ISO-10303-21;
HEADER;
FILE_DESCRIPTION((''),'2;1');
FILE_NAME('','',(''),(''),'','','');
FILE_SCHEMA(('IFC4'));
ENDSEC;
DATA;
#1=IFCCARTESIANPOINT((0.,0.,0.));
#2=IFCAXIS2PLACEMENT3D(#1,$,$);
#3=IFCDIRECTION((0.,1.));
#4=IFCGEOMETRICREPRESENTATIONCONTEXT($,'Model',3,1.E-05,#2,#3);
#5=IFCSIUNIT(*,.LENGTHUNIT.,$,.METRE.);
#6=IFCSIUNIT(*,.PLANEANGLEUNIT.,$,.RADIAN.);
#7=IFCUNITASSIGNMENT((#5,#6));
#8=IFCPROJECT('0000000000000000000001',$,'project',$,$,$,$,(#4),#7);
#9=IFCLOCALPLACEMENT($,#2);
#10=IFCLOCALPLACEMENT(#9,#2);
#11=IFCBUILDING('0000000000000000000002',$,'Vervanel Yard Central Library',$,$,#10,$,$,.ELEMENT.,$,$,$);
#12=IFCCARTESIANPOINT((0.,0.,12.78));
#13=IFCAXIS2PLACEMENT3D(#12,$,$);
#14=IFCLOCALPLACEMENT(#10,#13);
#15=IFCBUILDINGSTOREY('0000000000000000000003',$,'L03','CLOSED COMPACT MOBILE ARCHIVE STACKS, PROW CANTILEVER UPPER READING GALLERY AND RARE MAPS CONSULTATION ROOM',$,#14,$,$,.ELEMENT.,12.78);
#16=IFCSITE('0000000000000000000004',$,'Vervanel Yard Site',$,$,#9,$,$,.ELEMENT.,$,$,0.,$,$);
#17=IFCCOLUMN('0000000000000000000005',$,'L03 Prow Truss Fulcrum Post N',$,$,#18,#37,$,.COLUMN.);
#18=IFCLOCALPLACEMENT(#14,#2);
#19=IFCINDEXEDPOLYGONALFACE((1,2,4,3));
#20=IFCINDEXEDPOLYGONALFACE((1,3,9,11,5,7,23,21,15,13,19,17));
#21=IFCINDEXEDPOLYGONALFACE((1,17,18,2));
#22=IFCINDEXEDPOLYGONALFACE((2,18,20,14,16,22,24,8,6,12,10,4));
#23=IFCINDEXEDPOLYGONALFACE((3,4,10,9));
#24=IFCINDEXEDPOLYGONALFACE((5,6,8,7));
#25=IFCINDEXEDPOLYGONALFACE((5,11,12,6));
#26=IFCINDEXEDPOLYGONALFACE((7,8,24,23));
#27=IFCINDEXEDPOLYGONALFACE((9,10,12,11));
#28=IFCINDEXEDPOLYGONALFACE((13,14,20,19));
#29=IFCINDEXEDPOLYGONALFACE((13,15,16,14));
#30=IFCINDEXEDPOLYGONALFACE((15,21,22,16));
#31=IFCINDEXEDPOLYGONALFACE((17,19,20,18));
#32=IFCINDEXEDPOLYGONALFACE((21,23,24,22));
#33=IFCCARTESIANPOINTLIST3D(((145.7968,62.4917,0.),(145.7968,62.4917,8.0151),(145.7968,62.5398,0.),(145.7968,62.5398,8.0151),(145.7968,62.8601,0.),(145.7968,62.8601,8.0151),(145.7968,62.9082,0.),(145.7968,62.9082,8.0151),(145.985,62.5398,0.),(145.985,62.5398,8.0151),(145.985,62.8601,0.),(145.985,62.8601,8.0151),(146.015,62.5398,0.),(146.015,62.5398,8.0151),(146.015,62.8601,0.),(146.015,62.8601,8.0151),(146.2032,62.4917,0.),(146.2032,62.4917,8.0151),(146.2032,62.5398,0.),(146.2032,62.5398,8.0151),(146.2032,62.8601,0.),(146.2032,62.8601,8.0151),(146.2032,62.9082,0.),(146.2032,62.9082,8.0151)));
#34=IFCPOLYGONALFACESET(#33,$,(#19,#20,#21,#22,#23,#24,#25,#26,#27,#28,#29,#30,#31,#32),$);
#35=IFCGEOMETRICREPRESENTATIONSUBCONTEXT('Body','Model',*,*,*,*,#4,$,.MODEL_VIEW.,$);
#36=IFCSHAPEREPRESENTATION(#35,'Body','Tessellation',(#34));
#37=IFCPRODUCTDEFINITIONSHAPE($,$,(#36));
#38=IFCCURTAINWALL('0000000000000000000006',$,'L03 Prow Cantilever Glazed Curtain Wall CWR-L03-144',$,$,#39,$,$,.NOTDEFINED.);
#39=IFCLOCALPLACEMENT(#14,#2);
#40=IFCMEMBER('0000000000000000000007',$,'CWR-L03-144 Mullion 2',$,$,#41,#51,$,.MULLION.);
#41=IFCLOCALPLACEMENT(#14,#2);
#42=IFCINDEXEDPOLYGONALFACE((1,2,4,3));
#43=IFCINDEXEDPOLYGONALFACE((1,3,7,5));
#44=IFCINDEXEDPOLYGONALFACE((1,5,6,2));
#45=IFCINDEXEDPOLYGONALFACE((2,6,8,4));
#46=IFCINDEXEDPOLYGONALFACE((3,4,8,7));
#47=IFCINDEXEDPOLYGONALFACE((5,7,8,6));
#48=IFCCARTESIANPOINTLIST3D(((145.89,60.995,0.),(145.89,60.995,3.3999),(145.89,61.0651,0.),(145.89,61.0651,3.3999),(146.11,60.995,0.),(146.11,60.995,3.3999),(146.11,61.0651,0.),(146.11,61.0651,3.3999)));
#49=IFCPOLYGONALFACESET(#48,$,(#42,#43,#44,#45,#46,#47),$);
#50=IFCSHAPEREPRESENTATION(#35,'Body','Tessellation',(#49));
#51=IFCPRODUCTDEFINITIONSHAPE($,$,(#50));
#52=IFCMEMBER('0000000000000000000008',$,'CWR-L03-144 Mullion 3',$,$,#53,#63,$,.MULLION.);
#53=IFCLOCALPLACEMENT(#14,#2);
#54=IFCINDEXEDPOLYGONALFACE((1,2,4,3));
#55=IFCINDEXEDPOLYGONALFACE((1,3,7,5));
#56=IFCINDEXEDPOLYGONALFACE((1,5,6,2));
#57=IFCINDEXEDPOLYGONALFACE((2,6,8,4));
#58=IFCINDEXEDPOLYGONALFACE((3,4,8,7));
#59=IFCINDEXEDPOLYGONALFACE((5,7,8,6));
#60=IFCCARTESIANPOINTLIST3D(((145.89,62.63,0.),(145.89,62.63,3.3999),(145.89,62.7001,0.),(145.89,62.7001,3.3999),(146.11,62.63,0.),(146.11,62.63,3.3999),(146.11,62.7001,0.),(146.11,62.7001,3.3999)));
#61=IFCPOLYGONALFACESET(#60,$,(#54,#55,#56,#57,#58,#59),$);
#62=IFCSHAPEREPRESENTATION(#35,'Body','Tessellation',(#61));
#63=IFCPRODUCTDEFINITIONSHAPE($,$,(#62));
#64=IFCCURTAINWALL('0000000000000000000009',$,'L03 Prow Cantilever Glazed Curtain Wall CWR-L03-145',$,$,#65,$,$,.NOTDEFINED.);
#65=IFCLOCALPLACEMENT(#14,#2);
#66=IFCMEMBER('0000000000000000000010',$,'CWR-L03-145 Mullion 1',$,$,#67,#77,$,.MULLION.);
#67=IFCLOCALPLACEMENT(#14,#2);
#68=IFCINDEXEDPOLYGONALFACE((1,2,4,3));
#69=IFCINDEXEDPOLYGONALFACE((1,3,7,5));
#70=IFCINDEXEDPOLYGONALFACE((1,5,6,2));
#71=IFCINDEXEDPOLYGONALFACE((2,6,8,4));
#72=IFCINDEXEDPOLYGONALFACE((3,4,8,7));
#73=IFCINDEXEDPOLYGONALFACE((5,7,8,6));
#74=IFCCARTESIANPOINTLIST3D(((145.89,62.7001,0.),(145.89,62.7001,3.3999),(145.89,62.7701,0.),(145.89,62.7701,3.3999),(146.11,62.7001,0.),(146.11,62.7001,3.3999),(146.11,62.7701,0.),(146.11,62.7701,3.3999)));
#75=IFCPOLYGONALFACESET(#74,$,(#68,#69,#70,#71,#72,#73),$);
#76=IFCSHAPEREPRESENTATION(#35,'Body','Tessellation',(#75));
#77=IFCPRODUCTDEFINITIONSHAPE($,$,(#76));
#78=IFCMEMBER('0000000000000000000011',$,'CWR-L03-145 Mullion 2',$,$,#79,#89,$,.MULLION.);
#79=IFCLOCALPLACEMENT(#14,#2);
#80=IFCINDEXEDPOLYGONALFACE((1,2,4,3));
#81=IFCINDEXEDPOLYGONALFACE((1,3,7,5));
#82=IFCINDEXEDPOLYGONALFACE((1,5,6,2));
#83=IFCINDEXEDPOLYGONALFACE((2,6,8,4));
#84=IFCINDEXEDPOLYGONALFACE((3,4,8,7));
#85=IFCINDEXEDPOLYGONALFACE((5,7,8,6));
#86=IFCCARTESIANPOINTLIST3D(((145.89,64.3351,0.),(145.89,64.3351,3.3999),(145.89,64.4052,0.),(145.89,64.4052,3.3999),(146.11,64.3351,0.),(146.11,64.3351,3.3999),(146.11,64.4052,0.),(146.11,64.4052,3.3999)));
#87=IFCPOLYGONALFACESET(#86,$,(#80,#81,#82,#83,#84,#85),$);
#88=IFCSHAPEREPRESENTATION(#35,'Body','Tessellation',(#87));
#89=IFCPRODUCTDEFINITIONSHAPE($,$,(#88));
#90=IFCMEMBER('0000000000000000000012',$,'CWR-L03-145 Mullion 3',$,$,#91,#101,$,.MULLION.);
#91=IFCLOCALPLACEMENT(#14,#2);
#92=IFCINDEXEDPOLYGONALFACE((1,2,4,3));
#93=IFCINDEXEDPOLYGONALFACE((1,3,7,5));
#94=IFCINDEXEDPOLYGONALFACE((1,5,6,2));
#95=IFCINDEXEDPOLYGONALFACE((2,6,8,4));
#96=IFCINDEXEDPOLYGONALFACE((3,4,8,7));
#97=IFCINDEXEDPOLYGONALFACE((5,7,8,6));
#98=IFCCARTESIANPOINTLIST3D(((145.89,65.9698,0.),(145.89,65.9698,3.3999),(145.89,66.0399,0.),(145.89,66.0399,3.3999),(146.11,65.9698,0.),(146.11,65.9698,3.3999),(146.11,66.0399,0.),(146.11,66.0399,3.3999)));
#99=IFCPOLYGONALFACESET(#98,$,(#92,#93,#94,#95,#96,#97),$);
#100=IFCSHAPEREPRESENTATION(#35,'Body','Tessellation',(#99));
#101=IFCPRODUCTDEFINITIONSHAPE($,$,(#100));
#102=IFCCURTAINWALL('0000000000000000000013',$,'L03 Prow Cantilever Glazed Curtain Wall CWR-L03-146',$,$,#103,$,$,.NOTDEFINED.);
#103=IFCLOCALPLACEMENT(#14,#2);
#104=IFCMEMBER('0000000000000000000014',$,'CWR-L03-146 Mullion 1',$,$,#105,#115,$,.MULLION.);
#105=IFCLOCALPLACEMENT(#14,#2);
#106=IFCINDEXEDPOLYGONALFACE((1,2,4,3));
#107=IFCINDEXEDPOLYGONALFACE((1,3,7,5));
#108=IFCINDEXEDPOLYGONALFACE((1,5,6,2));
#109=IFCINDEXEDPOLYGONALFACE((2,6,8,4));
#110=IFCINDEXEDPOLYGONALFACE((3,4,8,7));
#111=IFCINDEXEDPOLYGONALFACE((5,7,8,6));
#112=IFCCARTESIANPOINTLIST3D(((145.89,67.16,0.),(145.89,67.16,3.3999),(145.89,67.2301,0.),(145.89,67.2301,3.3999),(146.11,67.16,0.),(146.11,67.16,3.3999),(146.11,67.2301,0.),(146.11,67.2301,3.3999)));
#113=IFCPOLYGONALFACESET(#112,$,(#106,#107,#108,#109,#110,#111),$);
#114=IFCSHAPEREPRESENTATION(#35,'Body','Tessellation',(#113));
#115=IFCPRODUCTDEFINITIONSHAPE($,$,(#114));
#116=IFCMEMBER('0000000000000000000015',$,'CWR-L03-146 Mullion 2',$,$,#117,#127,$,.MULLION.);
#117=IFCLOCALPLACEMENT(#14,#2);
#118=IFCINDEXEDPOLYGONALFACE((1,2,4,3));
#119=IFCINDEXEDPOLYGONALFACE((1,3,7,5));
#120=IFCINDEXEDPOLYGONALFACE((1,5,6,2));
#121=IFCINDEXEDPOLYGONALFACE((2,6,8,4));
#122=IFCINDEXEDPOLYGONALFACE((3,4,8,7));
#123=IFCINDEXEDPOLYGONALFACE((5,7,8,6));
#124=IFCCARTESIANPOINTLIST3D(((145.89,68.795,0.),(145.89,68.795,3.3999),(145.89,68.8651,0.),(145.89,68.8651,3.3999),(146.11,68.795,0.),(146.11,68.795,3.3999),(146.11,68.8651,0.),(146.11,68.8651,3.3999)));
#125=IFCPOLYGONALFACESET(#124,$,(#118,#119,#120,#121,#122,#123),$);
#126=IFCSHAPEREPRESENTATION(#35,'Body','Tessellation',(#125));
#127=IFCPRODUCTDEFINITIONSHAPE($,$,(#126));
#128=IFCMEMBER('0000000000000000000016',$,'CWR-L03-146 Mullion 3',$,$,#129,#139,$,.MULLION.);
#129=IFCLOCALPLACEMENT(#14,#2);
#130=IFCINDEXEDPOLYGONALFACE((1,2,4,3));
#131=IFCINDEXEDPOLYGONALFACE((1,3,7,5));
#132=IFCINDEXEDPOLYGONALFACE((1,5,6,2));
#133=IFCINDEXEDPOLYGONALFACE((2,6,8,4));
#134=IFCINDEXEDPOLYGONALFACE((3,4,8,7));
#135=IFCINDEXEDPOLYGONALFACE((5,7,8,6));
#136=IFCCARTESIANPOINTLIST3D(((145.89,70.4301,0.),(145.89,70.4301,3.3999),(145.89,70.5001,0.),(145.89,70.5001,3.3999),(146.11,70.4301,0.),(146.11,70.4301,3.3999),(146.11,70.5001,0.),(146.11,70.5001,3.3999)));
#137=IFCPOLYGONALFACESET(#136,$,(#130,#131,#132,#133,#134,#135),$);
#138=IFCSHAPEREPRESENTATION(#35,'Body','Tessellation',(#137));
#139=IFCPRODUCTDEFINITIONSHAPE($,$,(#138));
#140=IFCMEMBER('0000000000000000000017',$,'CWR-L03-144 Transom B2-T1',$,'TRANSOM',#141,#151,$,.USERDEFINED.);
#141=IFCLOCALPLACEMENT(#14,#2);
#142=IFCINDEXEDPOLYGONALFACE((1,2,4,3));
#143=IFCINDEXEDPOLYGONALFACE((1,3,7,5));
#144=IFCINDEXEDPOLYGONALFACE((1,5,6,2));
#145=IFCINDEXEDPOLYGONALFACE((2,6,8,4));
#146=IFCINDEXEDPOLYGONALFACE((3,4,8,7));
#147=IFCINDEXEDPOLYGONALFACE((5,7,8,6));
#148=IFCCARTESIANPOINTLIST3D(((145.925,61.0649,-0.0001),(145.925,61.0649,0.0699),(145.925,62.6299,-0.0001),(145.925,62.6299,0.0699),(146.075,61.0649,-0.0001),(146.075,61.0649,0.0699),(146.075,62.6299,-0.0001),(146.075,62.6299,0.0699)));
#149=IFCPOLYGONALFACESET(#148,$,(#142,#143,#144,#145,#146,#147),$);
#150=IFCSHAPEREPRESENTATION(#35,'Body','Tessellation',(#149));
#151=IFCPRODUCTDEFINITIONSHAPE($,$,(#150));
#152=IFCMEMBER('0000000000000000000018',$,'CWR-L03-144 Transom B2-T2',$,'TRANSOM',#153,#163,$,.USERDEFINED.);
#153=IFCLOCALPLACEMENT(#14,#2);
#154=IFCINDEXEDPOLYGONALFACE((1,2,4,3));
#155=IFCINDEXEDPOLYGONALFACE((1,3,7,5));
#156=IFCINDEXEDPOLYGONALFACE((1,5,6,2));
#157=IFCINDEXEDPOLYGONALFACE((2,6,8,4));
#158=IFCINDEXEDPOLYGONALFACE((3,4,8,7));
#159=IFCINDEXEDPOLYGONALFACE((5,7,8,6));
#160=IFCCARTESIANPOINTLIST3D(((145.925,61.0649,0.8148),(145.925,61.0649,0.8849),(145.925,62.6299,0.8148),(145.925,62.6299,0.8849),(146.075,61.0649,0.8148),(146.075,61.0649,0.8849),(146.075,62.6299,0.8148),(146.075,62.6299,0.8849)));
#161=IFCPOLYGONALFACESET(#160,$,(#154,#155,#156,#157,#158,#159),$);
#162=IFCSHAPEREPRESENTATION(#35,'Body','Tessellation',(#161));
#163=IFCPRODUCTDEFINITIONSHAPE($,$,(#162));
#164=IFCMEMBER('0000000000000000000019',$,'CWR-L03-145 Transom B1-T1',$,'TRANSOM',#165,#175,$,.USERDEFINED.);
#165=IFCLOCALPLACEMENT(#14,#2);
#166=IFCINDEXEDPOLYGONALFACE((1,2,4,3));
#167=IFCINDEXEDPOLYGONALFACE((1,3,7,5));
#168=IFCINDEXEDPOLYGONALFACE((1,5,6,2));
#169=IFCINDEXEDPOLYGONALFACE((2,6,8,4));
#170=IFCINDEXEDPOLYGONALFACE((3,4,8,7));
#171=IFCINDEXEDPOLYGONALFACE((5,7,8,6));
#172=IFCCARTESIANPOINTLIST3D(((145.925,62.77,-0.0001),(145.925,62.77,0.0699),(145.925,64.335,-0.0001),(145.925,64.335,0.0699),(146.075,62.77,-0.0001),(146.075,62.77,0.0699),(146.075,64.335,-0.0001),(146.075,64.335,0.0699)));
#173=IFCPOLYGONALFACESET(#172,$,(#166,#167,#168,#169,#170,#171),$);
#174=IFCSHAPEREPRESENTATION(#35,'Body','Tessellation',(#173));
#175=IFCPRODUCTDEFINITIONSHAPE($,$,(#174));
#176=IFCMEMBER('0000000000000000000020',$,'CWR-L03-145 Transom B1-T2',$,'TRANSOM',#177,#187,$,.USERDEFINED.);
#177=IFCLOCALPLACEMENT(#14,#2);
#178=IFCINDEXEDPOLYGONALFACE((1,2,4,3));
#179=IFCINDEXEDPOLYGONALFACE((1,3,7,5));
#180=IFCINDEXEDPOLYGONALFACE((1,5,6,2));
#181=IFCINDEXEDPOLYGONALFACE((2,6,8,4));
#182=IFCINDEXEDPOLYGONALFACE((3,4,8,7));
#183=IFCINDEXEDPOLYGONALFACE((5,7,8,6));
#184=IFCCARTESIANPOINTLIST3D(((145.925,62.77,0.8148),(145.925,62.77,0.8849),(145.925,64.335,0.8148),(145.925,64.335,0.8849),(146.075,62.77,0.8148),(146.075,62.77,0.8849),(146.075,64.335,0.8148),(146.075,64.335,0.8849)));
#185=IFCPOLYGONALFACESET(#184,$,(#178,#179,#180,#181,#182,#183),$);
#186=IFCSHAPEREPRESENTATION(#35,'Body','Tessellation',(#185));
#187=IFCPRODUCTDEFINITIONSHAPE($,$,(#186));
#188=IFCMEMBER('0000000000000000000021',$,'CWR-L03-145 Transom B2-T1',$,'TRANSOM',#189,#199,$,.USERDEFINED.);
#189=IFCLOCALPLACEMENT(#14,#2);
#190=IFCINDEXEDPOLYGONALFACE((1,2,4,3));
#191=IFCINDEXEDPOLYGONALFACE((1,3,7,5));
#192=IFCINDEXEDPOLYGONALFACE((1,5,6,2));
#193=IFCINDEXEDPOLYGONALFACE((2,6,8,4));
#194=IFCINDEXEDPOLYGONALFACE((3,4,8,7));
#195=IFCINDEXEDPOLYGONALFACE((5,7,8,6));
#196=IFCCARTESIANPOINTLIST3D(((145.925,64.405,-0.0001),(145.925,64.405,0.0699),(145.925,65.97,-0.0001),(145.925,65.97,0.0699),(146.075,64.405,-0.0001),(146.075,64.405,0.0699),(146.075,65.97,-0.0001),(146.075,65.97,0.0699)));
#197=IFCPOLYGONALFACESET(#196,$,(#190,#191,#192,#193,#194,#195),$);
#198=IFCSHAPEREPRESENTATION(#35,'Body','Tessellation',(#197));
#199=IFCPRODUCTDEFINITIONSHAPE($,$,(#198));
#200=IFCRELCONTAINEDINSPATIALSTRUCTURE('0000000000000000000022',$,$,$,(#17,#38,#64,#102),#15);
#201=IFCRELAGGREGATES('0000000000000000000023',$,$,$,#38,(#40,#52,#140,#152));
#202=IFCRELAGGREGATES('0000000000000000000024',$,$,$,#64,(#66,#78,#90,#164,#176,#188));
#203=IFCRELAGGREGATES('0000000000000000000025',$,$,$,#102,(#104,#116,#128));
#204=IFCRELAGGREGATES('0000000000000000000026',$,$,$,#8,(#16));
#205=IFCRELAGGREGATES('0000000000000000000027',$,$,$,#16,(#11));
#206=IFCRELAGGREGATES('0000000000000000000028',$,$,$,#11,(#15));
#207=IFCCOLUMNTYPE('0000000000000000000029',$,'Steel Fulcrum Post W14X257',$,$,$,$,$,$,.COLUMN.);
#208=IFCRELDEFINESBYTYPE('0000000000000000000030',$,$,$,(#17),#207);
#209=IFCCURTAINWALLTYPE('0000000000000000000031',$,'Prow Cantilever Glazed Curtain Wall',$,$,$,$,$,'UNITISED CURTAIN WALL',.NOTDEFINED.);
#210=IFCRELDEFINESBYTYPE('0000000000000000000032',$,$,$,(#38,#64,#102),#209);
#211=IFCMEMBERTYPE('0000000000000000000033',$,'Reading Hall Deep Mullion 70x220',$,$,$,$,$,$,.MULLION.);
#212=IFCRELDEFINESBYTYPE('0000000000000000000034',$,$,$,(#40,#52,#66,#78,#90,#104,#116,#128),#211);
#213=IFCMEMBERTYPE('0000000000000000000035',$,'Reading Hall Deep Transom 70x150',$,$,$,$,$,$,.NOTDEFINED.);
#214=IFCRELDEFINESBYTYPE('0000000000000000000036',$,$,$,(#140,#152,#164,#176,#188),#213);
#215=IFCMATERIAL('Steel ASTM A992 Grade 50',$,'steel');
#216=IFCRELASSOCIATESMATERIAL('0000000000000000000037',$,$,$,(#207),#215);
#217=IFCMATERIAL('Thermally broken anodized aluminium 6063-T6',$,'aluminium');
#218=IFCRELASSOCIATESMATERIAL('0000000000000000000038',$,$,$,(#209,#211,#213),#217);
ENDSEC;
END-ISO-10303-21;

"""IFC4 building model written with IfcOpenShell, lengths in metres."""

from ifc_helpers import new_model, si_unit, direction, frame, origin, origin_2d, place, context, subcontext, project, spatial, rectangle, i_section, extrude, material, material_profile, profile_set, type_object, element, aggregate, save


model = new_model("IFC4")

# Units and contexts
model_context = context("Model", 3, precision=1e-05, world=origin(), true_north=direction((0.0, 1.0)))
body_context = subcontext(model_context, "Body", "Model", "MODEL_VIEW")
ifc_project = project(units=[si_unit("LENGTHUNIT", "METRE"), si_unit("PLANEANGLEUNIT", "RADIAN")], contexts=[model_context])

# Site, building, storey
site_placement = place(None, origin())
site = spatial("IfcSite", under=ifc_project, at=site_placement, Name="Vervanel Yard Site", CompositionType="ELEMENT", RefElevation=0.0)
building_placement = place(site_placement, origin())
building = spatial("IfcBuilding", under=site, at=building_placement, Name="Vervanel Yard Central Library", CompositionType="ELEMENT")
storey_placement = place(building_placement, frame((0.0, 0.0, 12.78)))
storey = spatial("IfcBuildingStorey", under=building, at=storey_placement, Name="L03", Description="CLOSED COMPACT MOBILE ARCHIVE STACKS, PROW CANTILEVER UPPER READING GALLERY AND RARE MAPS CONSULTATION ROOM", CompositionType="ELEMENT", Elevation=12.78)

# Column
ifc_material_1 = material(Name="Steel ASTM A992 Grade 50", Category="steel")
ifc_material_profile_1 = material_profile(ifc_material_1, i_section(OverallWidth=0.4065, OverallDepth=0.4165, WebThickness=0.03, FlangeThickness=0.0481, at=origin_2d()), Name="W14X257", Category="steel")
ifc_profile_set_1 = profile_set([ifc_material_profile_1], Name="Steel ASTM A992 Grade 50")
column_type = type_object("IfcColumnType", Name="Steel Fulcrum Post W14X257", PredefinedType="COLUMN", material=ifc_profile_set_1)
column_placement = place(storey_placement, frame((146.0, 62.7, 0.0), z_axis=(0.0, 0.0, 1.0), x_axis=(1.0, 0.0, 0.0)))
element("IfcColumn", 1, at=column_placement, inside=storey, type_object=column_type, Name="L03 Prow Truss Fulcrum Post N", PredefinedType="COLUMN", context=body_context, shape_type="SweptSolid", body=[
    extrude(i_section(OverallWidth=0.4065, OverallDepth=0.4165, WebThickness=0.03, FlangeThickness=0.0481, at=origin_2d()), origin(), (0.0, 0.0, 1.0), 8.0151),
])

# Curtain walls, members
ifc_material_2 = material(Name="Thermally broken anodized aluminium 6063-T6", Category="aluminium")
curtain_wall_type = type_object("IfcCurtainWallType", Name="Prow Cantilever Glazed Curtain Wall", ElementType="UNITISED CURTAIN WALL", PredefinedType="NOTDEFINED", material=ifc_material_2)
curtain_wall_1_placement = place(storey_placement, origin())
curtain_wall_1 = element("IfcCurtainWall", 2, at=curtain_wall_1_placement, inside=storey, type_object=curtain_wall_type, Name="L03 Prow Cantilever Glazed Curtain Wall CWR-L03-144", PredefinedType="NOTDEFINED")
ifc_material_profile_2 = material_profile(ifc_material_2, rectangle(XDim=0.0701, YDim=0.22, at=origin_2d()), Name="ALU 70x220", Category="aluminium")
ifc_profile_set_2 = profile_set([ifc_material_profile_2], Name="Thermally broken anodized aluminium 6063-T6")
member_type_1 = type_object("IfcMemberType", Name="Reading Hall Deep Mullion 70x220", PredefinedType="MULLION", material=ifc_profile_set_2)
member_1_placement = place(storey_placement, frame((146.0, 61.03, 0.0), z_axis=(0.0, 0.0, 1.0), x_axis=(0.0, 1.0, 0.0)))
member_1 = element("IfcMember", 3, at=member_1_placement, type_object=member_type_1, Name="CWR-L03-144 Mullion 2", PredefinedType="MULLION", context=body_context, shape_type="SweptSolid", body=[
    extrude(rectangle(XDim=0.0701, YDim=0.22, at=origin_2d()), origin(), (0.0, 0.0, 1.0), 3.3999),
])
member_2_placement = place(storey_placement, frame((146.0, 62.665, 0.0), z_axis=(0.0, 0.0, 1.0), x_axis=(0.0, 1.0, 0.0)))
member_2 = element("IfcMember", 4, at=member_2_placement, type_object=member_type_1, Name="CWR-L03-144 Mullion 3", PredefinedType="MULLION", context=body_context, shape_type="SweptSolid", body=[
    extrude(rectangle(XDim=0.0701, YDim=0.22, at=origin_2d()), origin(), (0.0, 0.0, 1.0), 3.3999),
])
curtain_wall_2_placement = place(storey_placement, origin())
curtain_wall_2 = element("IfcCurtainWall", 5, at=curtain_wall_2_placement, inside=storey, type_object=curtain_wall_type, Name="L03 Prow Cantilever Glazed Curtain Wall CWR-L03-145", PredefinedType="NOTDEFINED")
member_3_placement = place(storey_placement, frame((146.0, 62.7351, 0.0), z_axis=(0.0, 0.0, 1.0), x_axis=(0.0, 1.0, 0.0)))
member_3 = element("IfcMember", 6, at=member_3_placement, type_object=member_type_1, Name="CWR-L03-145 Mullion 1", PredefinedType="MULLION", context=body_context, shape_type="SweptSolid", body=[
    extrude(rectangle(XDim=0.0701, YDim=0.22, at=origin_2d()), origin(), (0.0, 0.0, 1.0), 3.3999),
])
member_4_placement = place(storey_placement, frame((146.0, 64.3701, 0.0), z_axis=(0.0, 0.0, 1.0), x_axis=(0.0, 1.0, 0.0)))
member_4 = element("IfcMember", 7, at=member_4_placement, type_object=member_type_1, Name="CWR-L03-145 Mullion 2", PredefinedType="MULLION", context=body_context, shape_type="SweptSolid", body=[
    extrude(rectangle(XDim=0.0701, YDim=0.22, at=origin_2d()), origin(), (0.0, 0.0, 1.0), 3.3999),
])
member_5_placement = place(storey_placement, frame((146.0, 66.0049, 0.0), z_axis=(0.0, 0.0, 1.0), x_axis=(0.0, 1.0, 0.0)))
member_5 = element("IfcMember", 8, at=member_5_placement, type_object=member_type_1, Name="CWR-L03-145 Mullion 3", PredefinedType="MULLION", context=body_context, shape_type="SweptSolid", body=[
    extrude(rectangle(XDim=0.0701, YDim=0.22, at=origin_2d()), origin(), (0.0, 0.0, 1.0), 3.3999),
])
curtain_wall_3_placement = place(storey_placement, origin())
curtain_wall_3 = element("IfcCurtainWall", 9, at=curtain_wall_3_placement, inside=storey, type_object=curtain_wall_type, Name="L03 Prow Cantilever Glazed Curtain Wall CWR-L03-146", PredefinedType="NOTDEFINED")
member_6_placement = place(storey_placement, frame((146.0, 67.1951, 0.0), z_axis=(0.0, 0.0, 1.0), x_axis=(0.0, 1.0, 0.0)))
member_6 = element("IfcMember", 10, at=member_6_placement, type_object=member_type_1, Name="CWR-L03-146 Mullion 1", PredefinedType="MULLION", context=body_context, shape_type="SweptSolid", body=[
    extrude(rectangle(XDim=0.0701, YDim=0.22, at=origin_2d()), origin(), (0.0, 0.0, 1.0), 3.3999),
])
member_7_placement = place(storey_placement, frame((146.0, 68.8301, 0.0), z_axis=(0.0, 0.0, 1.0), x_axis=(0.0, 1.0, 0.0)))
member_7 = element("IfcMember", 11, at=member_7_placement, type_object=member_type_1, Name="CWR-L03-146 Mullion 2", PredefinedType="MULLION", context=body_context, shape_type="SweptSolid", body=[
    extrude(rectangle(XDim=0.0701, YDim=0.22, at=origin_2d()), origin(), (0.0, 0.0, 1.0), 3.3999),
])
member_8_placement = place(storey_placement, frame((146.0, 70.4651, 0.0), z_axis=(0.0, 0.0, 1.0), x_axis=(0.0, 1.0, 0.0)))
member_8 = element("IfcMember", 12, at=member_8_placement, type_object=member_type_1, Name="CWR-L03-146 Mullion 3", PredefinedType="MULLION", context=body_context, shape_type="SweptSolid", body=[
    extrude(rectangle(XDim=0.0701, YDim=0.22, at=origin_2d()), origin(), (0.0, 0.0, 1.0), 3.3999),
])

# Members
ifc_material_profile_3 = material_profile(ifc_material_2, rectangle(XDim=0.0701, YDim=0.1499, at=origin_2d()), Name="ALU 70x150", Category="aluminium")
ifc_profile_set_3 = profile_set([ifc_material_profile_3], Name="Thermally broken anodized aluminium 6063-T6")
member_type_2 = type_object("IfcMemberType", Name="Reading Hall Deep Transom 70x150", PredefinedType="NOTDEFINED", material=ifc_profile_set_3)
member_9_placement = place(storey_placement, frame((146.0, 61.0649, 0.0349), z_axis=(0.0, 1.0, 0.0), x_axis=(0.0, 0.0, 1.0)))
member_9 = element("IfcMember", 13, at=member_9_placement, type_object=member_type_2, Name="CWR-L03-144 Transom B2-T1", ObjectType="TRANSOM", PredefinedType="USERDEFINED", context=body_context, shape_type="SweptSolid", body=[
    extrude(rectangle(XDim=0.0701, YDim=0.1499, at=origin_2d()), origin(), (0.0, 0.0, 1.0), 1.5649),
])
member_10_placement = place(storey_placement, frame((146.0, 61.0649, 0.8499), z_axis=(0.0, 1.0, 0.0), x_axis=(0.0, 0.0, 1.0)))
member_10 = element("IfcMember", 14, at=member_10_placement, type_object=member_type_2, Name="CWR-L03-144 Transom B2-T2", ObjectType="TRANSOM", PredefinedType="USERDEFINED", context=body_context, shape_type="SweptSolid", body=[
    extrude(rectangle(XDim=0.0701, YDim=0.1499, at=origin_2d()), origin(), (0.0, 0.0, 1.0), 1.5649),
])
member_11_placement = place(storey_placement, frame((146.0, 62.77, 0.0349), z_axis=(0.0, 1.0, 0.0), x_axis=(0.0, 0.0, 1.0)))
member_11 = element("IfcMember", 15, at=member_11_placement, type_object=member_type_2, Name="CWR-L03-145 Transom B1-T1", ObjectType="TRANSOM", PredefinedType="USERDEFINED", context=body_context, shape_type="SweptSolid", body=[
    extrude(rectangle(XDim=0.0701, YDim=0.1499, at=origin_2d()), origin(), (0.0, 0.0, 1.0), 1.5649),
])
member_12_placement = place(storey_placement, frame((146.0, 62.77, 0.8499), z_axis=(0.0, 1.0, 0.0), x_axis=(0.0, 0.0, 1.0)))
member_12 = element("IfcMember", 16, at=member_12_placement, type_object=member_type_2, Name="CWR-L03-145 Transom B1-T2", ObjectType="TRANSOM", PredefinedType="USERDEFINED", context=body_context, shape_type="SweptSolid", body=[
    extrude(rectangle(XDim=0.0701, YDim=0.1499, at=origin_2d()), origin(), (0.0, 0.0, 1.0), 1.5649),
])
member_13_placement = place(storey_placement, frame((146.0, 64.405, 0.0349), z_axis=(0.0, 1.0, 0.0), x_axis=(0.0, 0.0, 1.0)))
member_13 = element("IfcMember", 17, at=member_13_placement, type_object=member_type_2, Name="CWR-L03-145 Transom B2-T1", ObjectType="TRANSOM", PredefinedType="USERDEFINED", context=body_context, shape_type="SweptSolid", body=[
    extrude(rectangle(XDim=0.0701, YDim=0.1499, at=origin_2d()), origin(), (0.0, 0.0, 1.0), 1.5649),
])

aggregate(curtain_wall_1, [member_1, member_2, member_9, member_10])
aggregate(curtain_wall_2, [member_3, member_4, member_5, member_11, member_12, member_13])
aggregate(curtain_wall_3, [member_6, member_7, member_8])

save(model, "model.ifc")
